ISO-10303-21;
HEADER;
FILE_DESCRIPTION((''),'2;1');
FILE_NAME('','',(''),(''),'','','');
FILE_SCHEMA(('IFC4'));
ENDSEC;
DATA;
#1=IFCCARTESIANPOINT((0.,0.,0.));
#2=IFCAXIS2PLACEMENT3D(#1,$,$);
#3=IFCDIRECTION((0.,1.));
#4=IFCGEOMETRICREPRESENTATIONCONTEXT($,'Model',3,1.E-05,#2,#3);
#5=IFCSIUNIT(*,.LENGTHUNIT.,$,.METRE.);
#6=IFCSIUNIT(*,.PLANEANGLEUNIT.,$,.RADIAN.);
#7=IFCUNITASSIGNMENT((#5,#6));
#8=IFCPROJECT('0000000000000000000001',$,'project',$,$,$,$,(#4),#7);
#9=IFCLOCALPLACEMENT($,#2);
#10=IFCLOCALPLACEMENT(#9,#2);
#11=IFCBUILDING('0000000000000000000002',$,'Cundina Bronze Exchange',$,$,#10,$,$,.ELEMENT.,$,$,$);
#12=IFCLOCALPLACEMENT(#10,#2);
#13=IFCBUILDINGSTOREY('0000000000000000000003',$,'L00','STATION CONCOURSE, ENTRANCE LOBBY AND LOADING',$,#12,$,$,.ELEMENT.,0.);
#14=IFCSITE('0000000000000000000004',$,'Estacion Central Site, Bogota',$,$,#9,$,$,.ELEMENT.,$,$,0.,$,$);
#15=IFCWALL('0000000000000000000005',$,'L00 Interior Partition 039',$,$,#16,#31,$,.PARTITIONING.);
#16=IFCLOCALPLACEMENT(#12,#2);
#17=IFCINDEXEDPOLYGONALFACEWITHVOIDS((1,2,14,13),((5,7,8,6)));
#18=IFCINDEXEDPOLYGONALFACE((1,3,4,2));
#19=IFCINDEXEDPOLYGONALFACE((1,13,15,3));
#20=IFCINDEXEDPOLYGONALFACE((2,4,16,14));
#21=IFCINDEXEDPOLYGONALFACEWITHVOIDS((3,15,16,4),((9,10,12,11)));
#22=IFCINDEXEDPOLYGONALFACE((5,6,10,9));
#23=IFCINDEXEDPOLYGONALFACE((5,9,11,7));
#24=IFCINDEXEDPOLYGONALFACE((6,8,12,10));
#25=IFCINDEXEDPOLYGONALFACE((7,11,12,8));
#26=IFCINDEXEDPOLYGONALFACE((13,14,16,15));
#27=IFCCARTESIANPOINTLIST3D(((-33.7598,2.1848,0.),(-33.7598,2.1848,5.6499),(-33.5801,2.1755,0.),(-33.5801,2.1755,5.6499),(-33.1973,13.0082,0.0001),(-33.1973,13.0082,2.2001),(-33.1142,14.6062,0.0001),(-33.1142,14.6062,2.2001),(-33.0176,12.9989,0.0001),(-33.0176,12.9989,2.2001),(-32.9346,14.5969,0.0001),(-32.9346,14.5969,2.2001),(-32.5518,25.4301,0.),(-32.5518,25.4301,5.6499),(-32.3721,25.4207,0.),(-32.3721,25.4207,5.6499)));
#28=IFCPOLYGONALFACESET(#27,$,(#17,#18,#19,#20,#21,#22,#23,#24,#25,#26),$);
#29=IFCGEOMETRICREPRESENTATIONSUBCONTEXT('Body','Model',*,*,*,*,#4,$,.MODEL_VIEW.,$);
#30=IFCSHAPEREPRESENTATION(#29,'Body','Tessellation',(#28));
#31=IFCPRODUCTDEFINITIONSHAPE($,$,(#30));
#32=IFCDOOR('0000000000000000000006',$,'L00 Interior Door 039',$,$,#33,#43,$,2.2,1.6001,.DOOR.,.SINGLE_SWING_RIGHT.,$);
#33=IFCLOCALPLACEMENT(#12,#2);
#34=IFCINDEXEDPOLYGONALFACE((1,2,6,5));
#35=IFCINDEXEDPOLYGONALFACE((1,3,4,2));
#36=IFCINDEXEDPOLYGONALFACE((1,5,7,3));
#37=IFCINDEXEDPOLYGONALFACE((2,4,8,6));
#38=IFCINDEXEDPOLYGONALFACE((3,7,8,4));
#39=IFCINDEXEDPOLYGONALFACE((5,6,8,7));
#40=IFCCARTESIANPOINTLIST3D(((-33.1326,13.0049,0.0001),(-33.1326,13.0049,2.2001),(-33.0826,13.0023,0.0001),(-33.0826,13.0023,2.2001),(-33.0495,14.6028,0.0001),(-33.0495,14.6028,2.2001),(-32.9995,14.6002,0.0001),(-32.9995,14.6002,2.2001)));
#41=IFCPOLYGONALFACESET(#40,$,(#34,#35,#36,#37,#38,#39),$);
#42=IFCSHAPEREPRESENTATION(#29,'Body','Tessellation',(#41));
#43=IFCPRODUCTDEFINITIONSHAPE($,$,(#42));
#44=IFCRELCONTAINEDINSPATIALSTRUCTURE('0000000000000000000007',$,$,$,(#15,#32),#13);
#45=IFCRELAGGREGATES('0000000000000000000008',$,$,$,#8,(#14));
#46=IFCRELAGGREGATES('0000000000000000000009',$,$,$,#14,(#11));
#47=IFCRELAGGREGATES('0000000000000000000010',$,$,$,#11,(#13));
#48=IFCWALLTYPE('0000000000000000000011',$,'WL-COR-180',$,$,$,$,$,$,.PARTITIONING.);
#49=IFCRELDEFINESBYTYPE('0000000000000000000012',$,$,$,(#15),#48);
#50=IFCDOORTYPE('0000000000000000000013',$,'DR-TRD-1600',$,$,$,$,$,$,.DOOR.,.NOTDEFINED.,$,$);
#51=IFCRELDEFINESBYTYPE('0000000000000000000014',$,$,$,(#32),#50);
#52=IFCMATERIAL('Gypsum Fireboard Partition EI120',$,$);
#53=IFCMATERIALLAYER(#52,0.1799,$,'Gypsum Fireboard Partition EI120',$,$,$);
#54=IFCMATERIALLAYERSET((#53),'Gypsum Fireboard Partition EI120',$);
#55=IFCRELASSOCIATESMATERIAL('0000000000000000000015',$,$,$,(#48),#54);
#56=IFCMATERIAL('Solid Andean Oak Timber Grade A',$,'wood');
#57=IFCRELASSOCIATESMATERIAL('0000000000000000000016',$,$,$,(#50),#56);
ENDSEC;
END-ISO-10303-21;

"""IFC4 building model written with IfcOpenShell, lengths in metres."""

from ifc_helpers import new_model, si_unit, direction, frame, frame_2d, origin, place, context, subcontext, project, spatial, rectangle, extrude, material, layer, layer_set, type_object, element, fill, save


model = new_model("IFC4")

# Units and contexts
model_context = context("Model", 3, precision=1e-05, world=origin(), true_north=direction((0.0, 1.0)))
body_context = subcontext(model_context, "Body", "Model", "MODEL_VIEW")
ifc_project = project(units=[si_unit("LENGTHUNIT", "METRE"), si_unit("PLANEANGLEUNIT", "RADIAN")], contexts=[model_context])

# Site, building, storey
site_placement = place(None, origin())
site = spatial("IfcSite", under=ifc_project, at=site_placement, Name="Estacion Central Site, Bogota", CompositionType="ELEMENT", RefElevation=0.0)
building_placement = place(site_placement, origin())
building = spatial("IfcBuilding", under=site, at=building_placement, Name="Cundina Bronze Exchange", CompositionType="ELEMENT")
storey_placement = place(building_placement, origin())
storey = spatial("IfcBuildingStorey", under=building, at=storey_placement, Name="L00", Description="STATION CONCOURSE, ENTRANCE LOBBY AND LOADING", CompositionType="ELEMENT", Elevation=0.0)

# Wall, opening, door
ifc_material_1 = material(Name="Gypsum Fireboard Partition EI120")
ifc_layer_1 = layer(ifc_material_1, 0.1799, Name="Gypsum Fireboard Partition EI120")
ifc_layer_set_1 = layer_set([ifc_layer_1], Name="Gypsum Fireboard Partition EI120")
wall_type_1 = type_object("IfcWallType", Name="WL-COR-180", PredefinedType="PARTITIONING", material=ifc_layer_set_1)
wall_1_placement = place(storey_placement, frame((-32.4619, 25.4253, 0.0), z_axis=(0.0, 0.0, 1.0), x_axis=(-0.051898, -0.998652, 0.0)))
wall_1 = element("IfcWall", 1, at=wall_1_placement, inside=storey, type_object=wall_type_1, Name="L00 Interior Partition 039", PredefinedType="PARTITIONING", context=body_context, shape_type="SweptSolid", body=[
    extrude(rectangle(XDim=23.2766, YDim=0.1799, at=frame_2d((11.6382, 0.0))), origin(), (0.0, 0.0, 1.0), 5.6499),
])
opening_1_placement = place(wall_1_placement, frame((10.8384, 0.0, 0.0)))
opening_1 = element("IfcOpeningElement", 2, at=opening_1_placement, cuts=wall_1, PredefinedType="OPENING", context=body_context, shape_type="SweptSolid", body=[
    extrude(rectangle(XDim=1.6001, YDim=2.2, at=frame_2d((0.8, 1.1001))), frame((0.0, 0.0999, 0.0), z_axis=(0.0, -1.0, 0.0), x_axis=(1.0, 0.0, 0.0)), (0.0, 0.0, 1.0), 0.2),
])
ifc_material_2 = material(Name="Solid Andean Oak Timber Grade A", Category="wood")
door_type_1 = type_object("IfcDoorType", Name="DR-TRD-1600", OperationType="NOTDEFINED", PredefinedType="DOOR", material=ifc_material_2)
door_1_placement = place(opening_1_placement, origin())
door_1 = element("IfcDoor", 3, at=door_1_placement, inside=storey, type_object=door_type_1, Name="L00 Interior Door 039", OperationType="SINGLE_SWING_RIGHT", OverallHeight=2.2, OverallWidth=1.6001, PredefinedType="DOOR", context=body_context, shape_type="SweptSolid", body=[
    extrude(rectangle(XDim=1.6001, YDim=2.2, at=frame_2d((0.8, 1.1001))), frame((0.0, 0.0249, 0.0), z_axis=(0.0, -1.0, 0.0), x_axis=(1.0, 0.0, 0.0)), (0.0, 0.0, 1.0), 0.05),
])
fill(opening_1, door_1)

save(model, "model.ifc")
